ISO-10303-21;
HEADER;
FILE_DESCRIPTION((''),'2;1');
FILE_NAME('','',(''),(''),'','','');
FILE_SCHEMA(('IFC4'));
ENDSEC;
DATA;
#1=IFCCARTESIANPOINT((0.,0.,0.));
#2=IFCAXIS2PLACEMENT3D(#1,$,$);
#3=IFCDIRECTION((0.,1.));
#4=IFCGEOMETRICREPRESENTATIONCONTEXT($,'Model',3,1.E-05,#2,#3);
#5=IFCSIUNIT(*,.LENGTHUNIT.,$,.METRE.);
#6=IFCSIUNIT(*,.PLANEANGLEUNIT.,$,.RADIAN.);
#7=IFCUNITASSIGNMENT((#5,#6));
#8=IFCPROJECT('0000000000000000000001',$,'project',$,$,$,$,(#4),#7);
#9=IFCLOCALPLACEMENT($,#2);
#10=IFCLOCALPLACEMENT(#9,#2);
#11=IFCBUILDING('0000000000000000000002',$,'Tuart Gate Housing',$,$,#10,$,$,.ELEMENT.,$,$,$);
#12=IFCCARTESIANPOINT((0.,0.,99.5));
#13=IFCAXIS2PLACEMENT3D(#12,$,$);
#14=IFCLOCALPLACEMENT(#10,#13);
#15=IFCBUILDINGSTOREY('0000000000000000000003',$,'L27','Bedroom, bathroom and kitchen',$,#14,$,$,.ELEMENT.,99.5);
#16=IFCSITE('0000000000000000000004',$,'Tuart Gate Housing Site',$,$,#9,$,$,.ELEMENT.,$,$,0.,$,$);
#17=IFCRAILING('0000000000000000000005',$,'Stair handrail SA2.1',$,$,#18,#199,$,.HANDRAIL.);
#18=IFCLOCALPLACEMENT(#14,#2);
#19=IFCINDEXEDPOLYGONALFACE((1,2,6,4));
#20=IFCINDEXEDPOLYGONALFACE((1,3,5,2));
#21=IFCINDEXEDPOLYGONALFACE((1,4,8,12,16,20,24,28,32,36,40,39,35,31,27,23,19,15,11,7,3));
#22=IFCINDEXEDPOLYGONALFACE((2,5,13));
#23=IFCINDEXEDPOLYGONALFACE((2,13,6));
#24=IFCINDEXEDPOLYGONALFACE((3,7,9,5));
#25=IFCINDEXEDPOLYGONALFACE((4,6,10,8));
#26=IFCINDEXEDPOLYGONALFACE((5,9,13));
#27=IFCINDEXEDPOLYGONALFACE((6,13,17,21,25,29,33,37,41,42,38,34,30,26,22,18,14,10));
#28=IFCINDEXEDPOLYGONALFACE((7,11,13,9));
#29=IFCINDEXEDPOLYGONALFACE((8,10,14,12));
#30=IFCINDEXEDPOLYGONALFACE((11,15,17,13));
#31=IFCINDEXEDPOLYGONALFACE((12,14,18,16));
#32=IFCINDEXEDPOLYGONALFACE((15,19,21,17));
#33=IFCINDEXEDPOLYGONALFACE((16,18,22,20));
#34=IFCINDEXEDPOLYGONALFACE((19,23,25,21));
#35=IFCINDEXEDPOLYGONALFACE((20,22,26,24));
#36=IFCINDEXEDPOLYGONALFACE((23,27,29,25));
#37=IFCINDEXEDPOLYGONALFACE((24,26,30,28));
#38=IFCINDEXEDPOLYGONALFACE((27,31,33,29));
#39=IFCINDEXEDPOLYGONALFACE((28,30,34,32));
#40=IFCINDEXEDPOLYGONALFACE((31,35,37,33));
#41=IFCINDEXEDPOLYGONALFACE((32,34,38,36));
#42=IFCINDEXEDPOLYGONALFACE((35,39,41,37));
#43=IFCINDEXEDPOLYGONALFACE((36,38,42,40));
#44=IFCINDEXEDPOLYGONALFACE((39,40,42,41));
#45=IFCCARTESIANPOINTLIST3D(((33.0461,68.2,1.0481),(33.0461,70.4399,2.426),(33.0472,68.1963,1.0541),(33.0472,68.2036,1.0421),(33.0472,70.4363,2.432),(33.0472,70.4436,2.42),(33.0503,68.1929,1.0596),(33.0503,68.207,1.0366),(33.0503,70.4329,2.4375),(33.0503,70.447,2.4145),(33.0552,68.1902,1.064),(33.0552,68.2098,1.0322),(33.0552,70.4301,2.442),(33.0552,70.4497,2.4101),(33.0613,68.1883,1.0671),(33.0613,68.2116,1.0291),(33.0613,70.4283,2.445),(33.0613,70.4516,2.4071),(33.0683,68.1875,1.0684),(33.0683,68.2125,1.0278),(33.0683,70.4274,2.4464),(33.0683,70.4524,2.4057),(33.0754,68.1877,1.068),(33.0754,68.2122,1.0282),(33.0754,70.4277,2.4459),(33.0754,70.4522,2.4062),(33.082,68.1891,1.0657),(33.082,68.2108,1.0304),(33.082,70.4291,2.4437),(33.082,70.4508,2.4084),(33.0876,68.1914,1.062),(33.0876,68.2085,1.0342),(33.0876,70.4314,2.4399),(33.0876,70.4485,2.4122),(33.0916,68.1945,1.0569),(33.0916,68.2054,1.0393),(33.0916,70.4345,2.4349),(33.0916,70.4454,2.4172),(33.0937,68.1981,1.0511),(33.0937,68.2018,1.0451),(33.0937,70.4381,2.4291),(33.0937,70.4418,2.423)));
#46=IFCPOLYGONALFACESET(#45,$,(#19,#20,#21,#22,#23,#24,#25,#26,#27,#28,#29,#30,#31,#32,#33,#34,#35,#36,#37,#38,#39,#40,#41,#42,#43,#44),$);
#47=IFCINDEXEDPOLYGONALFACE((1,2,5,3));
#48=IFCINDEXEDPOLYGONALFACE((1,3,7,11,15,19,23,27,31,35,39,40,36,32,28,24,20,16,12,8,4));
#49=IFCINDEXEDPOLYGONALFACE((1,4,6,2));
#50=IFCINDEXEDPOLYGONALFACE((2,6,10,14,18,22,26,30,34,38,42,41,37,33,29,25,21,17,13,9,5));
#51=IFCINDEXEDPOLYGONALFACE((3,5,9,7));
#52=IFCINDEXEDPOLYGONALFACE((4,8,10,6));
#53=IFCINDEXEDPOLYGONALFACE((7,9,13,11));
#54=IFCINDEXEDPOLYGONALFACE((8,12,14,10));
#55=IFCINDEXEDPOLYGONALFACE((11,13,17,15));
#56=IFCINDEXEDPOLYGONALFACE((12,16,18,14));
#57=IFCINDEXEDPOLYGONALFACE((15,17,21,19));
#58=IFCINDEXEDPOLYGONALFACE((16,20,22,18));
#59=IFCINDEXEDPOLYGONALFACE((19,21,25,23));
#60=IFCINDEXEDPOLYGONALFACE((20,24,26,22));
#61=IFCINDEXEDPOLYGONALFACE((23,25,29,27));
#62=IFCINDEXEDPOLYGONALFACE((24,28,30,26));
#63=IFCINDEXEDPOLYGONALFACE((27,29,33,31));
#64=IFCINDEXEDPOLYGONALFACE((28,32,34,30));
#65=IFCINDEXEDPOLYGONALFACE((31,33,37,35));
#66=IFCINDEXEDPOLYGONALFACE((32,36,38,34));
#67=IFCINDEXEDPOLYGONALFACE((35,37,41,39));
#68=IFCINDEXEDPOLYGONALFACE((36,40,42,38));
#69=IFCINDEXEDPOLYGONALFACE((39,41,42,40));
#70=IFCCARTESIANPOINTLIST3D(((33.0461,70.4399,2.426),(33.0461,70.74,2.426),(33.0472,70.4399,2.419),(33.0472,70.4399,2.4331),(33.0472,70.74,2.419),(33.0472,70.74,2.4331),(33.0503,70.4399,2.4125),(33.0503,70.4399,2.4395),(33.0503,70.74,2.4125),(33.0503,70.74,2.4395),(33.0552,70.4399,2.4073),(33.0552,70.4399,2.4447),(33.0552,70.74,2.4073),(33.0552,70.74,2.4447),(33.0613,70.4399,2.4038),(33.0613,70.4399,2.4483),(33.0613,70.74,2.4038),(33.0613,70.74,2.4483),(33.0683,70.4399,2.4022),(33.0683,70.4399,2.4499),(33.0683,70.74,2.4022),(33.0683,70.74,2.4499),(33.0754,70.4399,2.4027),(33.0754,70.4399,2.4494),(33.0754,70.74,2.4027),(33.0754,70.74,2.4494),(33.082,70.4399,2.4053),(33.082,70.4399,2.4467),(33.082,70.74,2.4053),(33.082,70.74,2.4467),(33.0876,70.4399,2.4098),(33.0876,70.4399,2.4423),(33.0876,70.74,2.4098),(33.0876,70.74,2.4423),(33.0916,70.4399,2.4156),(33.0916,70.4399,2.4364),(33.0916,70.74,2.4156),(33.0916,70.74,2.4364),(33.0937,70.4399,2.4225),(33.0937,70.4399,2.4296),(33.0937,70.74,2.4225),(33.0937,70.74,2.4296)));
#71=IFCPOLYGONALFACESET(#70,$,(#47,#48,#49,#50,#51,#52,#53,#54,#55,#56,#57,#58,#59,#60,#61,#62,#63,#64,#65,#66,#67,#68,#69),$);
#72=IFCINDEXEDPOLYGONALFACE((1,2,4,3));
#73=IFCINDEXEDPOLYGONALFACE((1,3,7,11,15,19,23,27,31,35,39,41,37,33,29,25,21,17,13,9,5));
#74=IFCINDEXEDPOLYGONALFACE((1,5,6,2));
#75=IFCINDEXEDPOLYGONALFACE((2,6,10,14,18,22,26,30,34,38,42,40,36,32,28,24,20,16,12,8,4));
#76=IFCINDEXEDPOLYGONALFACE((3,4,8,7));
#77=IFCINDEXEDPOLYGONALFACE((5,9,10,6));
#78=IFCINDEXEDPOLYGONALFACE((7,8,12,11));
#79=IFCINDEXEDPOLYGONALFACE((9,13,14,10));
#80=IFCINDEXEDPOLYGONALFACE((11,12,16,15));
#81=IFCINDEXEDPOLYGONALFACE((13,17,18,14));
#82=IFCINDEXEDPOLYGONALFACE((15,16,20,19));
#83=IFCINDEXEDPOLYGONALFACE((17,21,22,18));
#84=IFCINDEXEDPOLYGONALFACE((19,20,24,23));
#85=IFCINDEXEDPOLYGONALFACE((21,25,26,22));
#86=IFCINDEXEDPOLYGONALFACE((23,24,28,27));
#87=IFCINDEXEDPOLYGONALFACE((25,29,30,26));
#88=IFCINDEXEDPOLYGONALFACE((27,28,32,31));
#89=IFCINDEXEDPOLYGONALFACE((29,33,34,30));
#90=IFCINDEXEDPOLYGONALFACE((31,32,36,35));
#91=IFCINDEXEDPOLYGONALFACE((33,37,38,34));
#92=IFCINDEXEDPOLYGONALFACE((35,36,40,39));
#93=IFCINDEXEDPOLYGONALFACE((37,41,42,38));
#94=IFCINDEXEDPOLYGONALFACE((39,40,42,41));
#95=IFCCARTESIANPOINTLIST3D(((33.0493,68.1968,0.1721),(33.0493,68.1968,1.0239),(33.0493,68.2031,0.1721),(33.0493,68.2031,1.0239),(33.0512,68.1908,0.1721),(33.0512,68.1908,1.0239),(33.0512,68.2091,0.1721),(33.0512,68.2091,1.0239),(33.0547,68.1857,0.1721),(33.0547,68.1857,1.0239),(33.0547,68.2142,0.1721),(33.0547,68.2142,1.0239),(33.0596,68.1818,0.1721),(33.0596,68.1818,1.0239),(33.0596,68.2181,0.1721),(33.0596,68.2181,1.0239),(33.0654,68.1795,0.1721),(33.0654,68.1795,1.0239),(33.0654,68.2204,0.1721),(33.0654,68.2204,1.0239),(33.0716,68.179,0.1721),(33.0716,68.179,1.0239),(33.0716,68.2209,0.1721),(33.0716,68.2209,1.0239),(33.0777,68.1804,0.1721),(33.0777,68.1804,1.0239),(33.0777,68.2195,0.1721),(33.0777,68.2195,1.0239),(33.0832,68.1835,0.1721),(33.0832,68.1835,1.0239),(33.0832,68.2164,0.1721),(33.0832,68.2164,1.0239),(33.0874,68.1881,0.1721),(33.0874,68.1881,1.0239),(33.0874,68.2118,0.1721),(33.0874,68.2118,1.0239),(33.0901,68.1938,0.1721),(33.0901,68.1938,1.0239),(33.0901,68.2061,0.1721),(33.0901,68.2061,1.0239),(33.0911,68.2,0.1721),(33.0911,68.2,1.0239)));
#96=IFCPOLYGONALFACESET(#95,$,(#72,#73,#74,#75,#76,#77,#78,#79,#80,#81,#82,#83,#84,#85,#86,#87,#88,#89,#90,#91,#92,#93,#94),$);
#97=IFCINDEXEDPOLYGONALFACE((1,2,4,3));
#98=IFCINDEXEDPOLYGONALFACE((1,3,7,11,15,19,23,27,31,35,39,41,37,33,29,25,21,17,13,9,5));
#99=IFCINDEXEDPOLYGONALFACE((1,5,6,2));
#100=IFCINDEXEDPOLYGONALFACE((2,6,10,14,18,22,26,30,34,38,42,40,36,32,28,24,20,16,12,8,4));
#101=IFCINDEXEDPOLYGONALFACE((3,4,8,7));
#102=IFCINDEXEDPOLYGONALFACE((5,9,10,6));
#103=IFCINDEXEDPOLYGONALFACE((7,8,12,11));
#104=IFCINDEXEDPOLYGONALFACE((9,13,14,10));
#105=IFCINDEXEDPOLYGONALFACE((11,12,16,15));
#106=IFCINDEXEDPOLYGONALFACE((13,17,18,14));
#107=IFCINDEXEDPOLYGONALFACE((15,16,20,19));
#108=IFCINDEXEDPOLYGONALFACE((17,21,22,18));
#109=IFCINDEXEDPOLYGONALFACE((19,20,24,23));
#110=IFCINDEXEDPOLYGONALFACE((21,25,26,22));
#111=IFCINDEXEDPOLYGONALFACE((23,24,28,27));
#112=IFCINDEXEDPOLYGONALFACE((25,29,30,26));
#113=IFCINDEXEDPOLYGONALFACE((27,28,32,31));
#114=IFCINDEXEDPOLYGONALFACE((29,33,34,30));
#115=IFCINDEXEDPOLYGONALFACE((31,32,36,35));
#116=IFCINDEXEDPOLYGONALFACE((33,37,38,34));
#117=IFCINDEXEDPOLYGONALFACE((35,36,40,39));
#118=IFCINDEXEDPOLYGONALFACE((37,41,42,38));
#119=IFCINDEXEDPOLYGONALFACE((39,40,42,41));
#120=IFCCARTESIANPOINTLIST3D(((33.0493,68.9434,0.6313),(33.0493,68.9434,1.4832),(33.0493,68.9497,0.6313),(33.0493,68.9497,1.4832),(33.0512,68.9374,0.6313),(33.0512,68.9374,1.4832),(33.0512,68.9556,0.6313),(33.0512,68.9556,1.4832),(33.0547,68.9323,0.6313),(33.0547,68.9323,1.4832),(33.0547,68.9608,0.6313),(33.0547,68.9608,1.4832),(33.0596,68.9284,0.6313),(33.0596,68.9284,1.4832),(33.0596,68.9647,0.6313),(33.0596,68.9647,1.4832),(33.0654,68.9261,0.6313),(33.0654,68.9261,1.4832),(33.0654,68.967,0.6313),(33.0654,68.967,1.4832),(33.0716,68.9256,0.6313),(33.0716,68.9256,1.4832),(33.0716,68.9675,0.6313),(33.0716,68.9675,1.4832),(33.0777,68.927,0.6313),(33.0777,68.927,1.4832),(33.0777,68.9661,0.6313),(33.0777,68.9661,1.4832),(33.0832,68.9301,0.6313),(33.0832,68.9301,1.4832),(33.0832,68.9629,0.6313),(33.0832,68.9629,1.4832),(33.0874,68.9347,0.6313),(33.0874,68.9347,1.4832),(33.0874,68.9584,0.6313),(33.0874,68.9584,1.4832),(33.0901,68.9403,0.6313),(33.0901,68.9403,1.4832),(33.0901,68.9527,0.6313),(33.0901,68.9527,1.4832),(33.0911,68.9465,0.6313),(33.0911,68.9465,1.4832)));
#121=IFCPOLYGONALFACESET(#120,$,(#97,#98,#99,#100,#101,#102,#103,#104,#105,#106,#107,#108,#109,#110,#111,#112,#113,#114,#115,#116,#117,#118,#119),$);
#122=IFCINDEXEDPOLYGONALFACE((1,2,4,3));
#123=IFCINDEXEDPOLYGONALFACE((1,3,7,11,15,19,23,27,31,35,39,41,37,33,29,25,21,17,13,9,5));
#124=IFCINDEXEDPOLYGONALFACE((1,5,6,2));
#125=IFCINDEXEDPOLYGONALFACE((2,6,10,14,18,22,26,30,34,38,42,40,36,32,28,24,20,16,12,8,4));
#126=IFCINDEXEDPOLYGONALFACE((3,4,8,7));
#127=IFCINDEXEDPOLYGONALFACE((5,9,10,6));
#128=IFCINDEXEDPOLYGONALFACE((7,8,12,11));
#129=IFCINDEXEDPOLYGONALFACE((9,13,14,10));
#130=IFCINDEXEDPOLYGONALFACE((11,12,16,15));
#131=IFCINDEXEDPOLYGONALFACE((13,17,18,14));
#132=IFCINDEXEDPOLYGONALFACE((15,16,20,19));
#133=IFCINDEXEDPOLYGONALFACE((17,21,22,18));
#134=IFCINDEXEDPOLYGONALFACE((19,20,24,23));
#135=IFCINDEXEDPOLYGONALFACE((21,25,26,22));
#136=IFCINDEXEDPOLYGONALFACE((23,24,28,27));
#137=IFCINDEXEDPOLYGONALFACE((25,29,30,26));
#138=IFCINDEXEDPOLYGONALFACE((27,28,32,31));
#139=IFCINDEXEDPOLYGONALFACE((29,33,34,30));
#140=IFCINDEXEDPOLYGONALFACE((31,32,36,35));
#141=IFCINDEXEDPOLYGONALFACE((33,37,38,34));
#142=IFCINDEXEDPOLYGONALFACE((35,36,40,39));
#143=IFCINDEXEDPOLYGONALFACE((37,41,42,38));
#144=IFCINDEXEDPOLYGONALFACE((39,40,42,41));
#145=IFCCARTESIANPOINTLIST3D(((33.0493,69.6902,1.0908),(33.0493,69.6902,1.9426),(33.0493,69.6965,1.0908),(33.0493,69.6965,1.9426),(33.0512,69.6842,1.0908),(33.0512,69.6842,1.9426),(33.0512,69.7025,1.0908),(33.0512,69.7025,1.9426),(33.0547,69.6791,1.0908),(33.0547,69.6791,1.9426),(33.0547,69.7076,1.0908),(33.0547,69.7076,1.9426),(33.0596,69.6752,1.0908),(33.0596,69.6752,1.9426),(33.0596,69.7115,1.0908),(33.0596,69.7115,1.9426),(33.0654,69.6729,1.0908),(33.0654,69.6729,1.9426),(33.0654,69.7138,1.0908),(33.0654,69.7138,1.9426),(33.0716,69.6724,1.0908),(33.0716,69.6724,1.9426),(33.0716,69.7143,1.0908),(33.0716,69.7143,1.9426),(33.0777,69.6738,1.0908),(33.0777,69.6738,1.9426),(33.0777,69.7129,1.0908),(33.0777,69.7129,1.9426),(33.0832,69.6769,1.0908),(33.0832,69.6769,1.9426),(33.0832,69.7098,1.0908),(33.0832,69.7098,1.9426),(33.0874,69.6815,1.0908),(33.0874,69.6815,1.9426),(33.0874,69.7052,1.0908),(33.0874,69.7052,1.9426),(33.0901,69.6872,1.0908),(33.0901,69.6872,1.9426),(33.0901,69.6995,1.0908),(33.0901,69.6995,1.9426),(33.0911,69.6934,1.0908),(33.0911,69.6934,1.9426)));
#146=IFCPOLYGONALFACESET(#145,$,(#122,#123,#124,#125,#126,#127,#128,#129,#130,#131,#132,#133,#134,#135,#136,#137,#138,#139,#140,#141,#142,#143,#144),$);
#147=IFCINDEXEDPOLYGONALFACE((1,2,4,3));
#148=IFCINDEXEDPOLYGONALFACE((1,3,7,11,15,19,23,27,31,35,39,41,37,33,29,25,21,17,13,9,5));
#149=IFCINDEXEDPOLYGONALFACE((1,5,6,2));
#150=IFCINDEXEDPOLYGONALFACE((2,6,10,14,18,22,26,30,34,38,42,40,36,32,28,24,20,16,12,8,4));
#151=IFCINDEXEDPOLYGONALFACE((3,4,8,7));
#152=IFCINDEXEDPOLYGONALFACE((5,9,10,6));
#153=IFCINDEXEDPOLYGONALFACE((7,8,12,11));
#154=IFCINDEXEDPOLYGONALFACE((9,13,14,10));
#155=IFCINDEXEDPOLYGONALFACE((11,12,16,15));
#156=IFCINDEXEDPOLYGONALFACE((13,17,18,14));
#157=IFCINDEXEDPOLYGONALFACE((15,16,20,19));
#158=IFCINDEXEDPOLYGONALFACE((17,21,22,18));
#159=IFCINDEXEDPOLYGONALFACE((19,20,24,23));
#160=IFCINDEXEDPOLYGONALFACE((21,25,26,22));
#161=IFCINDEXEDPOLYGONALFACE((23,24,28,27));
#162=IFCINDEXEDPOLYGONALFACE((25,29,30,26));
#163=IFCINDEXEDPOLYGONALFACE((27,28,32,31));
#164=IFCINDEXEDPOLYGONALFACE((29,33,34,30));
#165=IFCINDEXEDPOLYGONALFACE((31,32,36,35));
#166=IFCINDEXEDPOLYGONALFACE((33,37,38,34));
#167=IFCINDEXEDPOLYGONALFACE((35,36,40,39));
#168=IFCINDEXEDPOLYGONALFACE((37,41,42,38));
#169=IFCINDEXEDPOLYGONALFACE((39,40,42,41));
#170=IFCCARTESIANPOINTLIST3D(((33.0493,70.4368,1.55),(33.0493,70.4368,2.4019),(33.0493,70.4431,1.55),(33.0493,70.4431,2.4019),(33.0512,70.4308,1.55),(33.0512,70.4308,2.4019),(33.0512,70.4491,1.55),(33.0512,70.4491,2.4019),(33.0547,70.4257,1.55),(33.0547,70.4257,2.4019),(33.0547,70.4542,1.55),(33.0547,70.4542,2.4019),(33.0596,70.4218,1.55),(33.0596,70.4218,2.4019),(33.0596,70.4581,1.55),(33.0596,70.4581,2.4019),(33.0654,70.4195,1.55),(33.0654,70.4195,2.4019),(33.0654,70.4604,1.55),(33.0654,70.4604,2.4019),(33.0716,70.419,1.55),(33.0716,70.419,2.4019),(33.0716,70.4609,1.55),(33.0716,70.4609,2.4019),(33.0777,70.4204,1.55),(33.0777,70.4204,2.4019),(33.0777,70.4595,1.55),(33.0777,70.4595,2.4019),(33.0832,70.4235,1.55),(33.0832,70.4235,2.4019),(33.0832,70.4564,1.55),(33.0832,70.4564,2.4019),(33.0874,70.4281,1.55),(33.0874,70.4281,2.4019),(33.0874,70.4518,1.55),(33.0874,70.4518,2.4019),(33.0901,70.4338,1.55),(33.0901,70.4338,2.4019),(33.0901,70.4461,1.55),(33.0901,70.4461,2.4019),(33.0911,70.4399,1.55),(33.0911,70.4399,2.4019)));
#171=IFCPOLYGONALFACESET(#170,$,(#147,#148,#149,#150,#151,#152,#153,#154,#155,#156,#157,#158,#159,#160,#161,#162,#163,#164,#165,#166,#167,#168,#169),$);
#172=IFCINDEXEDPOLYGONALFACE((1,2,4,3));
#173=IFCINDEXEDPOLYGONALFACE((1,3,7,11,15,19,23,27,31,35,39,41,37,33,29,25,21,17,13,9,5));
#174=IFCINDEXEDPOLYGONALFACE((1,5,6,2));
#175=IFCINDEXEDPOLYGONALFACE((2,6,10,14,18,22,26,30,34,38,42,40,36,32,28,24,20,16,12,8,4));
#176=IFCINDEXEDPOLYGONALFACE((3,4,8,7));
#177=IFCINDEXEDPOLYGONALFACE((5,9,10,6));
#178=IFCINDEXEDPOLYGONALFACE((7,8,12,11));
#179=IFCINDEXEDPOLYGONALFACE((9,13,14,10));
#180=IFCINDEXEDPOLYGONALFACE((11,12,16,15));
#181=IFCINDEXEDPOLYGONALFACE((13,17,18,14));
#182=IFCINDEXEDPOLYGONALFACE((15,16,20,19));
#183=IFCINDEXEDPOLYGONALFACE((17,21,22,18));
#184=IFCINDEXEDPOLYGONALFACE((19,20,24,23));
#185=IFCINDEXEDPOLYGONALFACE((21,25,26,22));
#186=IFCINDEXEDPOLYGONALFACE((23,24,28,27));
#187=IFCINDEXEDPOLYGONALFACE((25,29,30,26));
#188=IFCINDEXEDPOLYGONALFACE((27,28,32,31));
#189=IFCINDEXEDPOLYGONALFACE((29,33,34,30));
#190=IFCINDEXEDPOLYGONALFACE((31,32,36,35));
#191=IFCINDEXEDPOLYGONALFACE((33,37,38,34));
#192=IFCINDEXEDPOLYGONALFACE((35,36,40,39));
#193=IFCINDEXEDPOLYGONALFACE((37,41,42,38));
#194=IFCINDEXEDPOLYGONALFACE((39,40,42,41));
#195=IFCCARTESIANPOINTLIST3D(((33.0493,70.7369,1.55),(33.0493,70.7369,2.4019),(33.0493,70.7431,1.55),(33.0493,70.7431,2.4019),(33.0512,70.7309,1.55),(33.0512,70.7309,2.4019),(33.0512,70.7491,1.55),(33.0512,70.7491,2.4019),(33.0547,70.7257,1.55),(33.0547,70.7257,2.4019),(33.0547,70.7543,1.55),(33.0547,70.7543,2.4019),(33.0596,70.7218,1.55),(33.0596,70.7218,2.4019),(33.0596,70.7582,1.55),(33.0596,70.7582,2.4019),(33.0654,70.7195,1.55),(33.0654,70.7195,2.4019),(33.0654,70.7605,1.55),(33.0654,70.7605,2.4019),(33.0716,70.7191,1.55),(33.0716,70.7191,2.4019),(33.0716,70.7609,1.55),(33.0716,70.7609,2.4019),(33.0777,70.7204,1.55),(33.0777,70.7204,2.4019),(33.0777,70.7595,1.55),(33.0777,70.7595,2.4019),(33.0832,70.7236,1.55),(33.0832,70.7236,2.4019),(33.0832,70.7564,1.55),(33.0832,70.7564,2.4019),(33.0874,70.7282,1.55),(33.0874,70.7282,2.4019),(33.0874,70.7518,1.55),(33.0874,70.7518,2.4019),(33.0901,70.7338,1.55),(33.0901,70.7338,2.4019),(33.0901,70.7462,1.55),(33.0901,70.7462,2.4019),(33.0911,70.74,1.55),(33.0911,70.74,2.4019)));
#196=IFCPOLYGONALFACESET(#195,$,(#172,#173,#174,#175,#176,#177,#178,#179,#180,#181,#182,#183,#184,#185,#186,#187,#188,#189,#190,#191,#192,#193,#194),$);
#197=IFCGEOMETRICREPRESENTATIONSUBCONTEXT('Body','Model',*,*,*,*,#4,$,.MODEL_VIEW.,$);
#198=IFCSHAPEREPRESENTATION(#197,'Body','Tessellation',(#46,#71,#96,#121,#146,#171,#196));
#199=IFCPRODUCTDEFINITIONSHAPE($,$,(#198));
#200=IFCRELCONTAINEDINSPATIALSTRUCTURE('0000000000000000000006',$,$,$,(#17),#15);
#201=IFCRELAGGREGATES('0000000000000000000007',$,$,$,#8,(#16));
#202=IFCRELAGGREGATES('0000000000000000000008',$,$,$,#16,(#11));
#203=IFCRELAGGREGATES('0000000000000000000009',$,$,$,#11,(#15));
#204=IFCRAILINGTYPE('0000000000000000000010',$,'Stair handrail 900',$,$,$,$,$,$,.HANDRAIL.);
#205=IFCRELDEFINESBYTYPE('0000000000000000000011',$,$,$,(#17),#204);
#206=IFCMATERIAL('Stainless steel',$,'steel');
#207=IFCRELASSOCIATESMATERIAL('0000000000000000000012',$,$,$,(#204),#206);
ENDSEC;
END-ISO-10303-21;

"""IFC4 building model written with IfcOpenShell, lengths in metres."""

from ifc_helpers import new_model, si_unit, direction, frame, origin, origin_2d, place, context, subcontext, project, spatial, circle, extrude, material, type_object, element, save


model = new_model("IFC4")

# Units and contexts
model_context = context("Model", 3, precision=1e-05, world=origin(), true_north=direction((0.0, 1.0)))
body_context = subcontext(model_context, "Body", "Model", "MODEL_VIEW")
ifc_project = project(units=[si_unit("LENGTHUNIT", "METRE"), si_unit("PLANEANGLEUNIT", "RADIAN")], contexts=[model_context])

# Site, building, storey
site_placement = place(None, origin())
site = spatial("IfcSite", under=ifc_project, at=site_placement, Name="Tuart Gate Housing Site", CompositionType="ELEMENT", RefElevation=0.0)
building_placement = place(site_placement, origin())
building = spatial("IfcBuilding", under=site, at=building_placement, Name="Tuart Gate Housing", CompositionType="ELEMENT")
storey_placement = place(building_placement, frame((0.0, 0.0, 99.5)))
storey = spatial("IfcBuildingStorey", under=building, at=storey_placement, Name="L27", Description="Bedroom, bathroom and kitchen", CompositionType="ELEMENT", Elevation=99.5)

# Railing
ifc_material_1 = material(Name="Stainless steel", Category="steel")
railing_type = type_object("IfcRailingType", Name="Stair handrail 900", PredefinedType="HANDRAIL", material=ifc_material_1)
railing_placement = place(storey_placement, frame((33.0701, 68.2, 0.1721)))
element("IfcRailing", 1, at=railing_placement, inside=storey, type_object=railing_type, Name="Stair handrail SA2.1", PredefinedType="HANDRAIL", context=body_context, shape_type="SweptSolid", body=[
    extrude(circle(Radius=0.0239, at=origin_2d()), frame((0.0, 0.0, 0.876), z_axis=(0.0, 0.851748, 0.523952), x_axis=(-1.0, 0.0, 0.0)), (0.0, 0.0, 1.0), 2.6299),
    extrude(circle(Radius=0.0239, at=origin_2d()), frame((0.0, 2.24, 2.2539), z_axis=(0.0, 1.0, 0.0), x_axis=(-1.0, 0.0, 0.0)), (0.0, 0.0, 1.0), 0.3),
    extrude(circle(Radius=0.021, at=origin_2d()), origin(), (0.0, 0.0, 1.0), 0.8518),
    extrude(circle(Radius=0.021, at=origin_2d()), frame((0.0, 0.7466, 0.4592)), (0.0, 0.0, 1.0), 0.8518),
    extrude(circle(Radius=0.021, at=origin_2d()), frame((0.0, 1.4934, 0.9187)), (0.0, 0.0, 1.0), 0.8518),
    extrude(circle(Radius=0.021, at=origin_2d()), frame((0.0, 2.24, 1.3779)), (0.0, 0.0, 1.0), 0.8518),
    extrude(circle(Radius=0.021, at=origin_2d()), frame((0.0, 2.54, 1.3779)), (0.0, 0.0, 1.0), 0.8518),
])

save(model, "model.ifc")
